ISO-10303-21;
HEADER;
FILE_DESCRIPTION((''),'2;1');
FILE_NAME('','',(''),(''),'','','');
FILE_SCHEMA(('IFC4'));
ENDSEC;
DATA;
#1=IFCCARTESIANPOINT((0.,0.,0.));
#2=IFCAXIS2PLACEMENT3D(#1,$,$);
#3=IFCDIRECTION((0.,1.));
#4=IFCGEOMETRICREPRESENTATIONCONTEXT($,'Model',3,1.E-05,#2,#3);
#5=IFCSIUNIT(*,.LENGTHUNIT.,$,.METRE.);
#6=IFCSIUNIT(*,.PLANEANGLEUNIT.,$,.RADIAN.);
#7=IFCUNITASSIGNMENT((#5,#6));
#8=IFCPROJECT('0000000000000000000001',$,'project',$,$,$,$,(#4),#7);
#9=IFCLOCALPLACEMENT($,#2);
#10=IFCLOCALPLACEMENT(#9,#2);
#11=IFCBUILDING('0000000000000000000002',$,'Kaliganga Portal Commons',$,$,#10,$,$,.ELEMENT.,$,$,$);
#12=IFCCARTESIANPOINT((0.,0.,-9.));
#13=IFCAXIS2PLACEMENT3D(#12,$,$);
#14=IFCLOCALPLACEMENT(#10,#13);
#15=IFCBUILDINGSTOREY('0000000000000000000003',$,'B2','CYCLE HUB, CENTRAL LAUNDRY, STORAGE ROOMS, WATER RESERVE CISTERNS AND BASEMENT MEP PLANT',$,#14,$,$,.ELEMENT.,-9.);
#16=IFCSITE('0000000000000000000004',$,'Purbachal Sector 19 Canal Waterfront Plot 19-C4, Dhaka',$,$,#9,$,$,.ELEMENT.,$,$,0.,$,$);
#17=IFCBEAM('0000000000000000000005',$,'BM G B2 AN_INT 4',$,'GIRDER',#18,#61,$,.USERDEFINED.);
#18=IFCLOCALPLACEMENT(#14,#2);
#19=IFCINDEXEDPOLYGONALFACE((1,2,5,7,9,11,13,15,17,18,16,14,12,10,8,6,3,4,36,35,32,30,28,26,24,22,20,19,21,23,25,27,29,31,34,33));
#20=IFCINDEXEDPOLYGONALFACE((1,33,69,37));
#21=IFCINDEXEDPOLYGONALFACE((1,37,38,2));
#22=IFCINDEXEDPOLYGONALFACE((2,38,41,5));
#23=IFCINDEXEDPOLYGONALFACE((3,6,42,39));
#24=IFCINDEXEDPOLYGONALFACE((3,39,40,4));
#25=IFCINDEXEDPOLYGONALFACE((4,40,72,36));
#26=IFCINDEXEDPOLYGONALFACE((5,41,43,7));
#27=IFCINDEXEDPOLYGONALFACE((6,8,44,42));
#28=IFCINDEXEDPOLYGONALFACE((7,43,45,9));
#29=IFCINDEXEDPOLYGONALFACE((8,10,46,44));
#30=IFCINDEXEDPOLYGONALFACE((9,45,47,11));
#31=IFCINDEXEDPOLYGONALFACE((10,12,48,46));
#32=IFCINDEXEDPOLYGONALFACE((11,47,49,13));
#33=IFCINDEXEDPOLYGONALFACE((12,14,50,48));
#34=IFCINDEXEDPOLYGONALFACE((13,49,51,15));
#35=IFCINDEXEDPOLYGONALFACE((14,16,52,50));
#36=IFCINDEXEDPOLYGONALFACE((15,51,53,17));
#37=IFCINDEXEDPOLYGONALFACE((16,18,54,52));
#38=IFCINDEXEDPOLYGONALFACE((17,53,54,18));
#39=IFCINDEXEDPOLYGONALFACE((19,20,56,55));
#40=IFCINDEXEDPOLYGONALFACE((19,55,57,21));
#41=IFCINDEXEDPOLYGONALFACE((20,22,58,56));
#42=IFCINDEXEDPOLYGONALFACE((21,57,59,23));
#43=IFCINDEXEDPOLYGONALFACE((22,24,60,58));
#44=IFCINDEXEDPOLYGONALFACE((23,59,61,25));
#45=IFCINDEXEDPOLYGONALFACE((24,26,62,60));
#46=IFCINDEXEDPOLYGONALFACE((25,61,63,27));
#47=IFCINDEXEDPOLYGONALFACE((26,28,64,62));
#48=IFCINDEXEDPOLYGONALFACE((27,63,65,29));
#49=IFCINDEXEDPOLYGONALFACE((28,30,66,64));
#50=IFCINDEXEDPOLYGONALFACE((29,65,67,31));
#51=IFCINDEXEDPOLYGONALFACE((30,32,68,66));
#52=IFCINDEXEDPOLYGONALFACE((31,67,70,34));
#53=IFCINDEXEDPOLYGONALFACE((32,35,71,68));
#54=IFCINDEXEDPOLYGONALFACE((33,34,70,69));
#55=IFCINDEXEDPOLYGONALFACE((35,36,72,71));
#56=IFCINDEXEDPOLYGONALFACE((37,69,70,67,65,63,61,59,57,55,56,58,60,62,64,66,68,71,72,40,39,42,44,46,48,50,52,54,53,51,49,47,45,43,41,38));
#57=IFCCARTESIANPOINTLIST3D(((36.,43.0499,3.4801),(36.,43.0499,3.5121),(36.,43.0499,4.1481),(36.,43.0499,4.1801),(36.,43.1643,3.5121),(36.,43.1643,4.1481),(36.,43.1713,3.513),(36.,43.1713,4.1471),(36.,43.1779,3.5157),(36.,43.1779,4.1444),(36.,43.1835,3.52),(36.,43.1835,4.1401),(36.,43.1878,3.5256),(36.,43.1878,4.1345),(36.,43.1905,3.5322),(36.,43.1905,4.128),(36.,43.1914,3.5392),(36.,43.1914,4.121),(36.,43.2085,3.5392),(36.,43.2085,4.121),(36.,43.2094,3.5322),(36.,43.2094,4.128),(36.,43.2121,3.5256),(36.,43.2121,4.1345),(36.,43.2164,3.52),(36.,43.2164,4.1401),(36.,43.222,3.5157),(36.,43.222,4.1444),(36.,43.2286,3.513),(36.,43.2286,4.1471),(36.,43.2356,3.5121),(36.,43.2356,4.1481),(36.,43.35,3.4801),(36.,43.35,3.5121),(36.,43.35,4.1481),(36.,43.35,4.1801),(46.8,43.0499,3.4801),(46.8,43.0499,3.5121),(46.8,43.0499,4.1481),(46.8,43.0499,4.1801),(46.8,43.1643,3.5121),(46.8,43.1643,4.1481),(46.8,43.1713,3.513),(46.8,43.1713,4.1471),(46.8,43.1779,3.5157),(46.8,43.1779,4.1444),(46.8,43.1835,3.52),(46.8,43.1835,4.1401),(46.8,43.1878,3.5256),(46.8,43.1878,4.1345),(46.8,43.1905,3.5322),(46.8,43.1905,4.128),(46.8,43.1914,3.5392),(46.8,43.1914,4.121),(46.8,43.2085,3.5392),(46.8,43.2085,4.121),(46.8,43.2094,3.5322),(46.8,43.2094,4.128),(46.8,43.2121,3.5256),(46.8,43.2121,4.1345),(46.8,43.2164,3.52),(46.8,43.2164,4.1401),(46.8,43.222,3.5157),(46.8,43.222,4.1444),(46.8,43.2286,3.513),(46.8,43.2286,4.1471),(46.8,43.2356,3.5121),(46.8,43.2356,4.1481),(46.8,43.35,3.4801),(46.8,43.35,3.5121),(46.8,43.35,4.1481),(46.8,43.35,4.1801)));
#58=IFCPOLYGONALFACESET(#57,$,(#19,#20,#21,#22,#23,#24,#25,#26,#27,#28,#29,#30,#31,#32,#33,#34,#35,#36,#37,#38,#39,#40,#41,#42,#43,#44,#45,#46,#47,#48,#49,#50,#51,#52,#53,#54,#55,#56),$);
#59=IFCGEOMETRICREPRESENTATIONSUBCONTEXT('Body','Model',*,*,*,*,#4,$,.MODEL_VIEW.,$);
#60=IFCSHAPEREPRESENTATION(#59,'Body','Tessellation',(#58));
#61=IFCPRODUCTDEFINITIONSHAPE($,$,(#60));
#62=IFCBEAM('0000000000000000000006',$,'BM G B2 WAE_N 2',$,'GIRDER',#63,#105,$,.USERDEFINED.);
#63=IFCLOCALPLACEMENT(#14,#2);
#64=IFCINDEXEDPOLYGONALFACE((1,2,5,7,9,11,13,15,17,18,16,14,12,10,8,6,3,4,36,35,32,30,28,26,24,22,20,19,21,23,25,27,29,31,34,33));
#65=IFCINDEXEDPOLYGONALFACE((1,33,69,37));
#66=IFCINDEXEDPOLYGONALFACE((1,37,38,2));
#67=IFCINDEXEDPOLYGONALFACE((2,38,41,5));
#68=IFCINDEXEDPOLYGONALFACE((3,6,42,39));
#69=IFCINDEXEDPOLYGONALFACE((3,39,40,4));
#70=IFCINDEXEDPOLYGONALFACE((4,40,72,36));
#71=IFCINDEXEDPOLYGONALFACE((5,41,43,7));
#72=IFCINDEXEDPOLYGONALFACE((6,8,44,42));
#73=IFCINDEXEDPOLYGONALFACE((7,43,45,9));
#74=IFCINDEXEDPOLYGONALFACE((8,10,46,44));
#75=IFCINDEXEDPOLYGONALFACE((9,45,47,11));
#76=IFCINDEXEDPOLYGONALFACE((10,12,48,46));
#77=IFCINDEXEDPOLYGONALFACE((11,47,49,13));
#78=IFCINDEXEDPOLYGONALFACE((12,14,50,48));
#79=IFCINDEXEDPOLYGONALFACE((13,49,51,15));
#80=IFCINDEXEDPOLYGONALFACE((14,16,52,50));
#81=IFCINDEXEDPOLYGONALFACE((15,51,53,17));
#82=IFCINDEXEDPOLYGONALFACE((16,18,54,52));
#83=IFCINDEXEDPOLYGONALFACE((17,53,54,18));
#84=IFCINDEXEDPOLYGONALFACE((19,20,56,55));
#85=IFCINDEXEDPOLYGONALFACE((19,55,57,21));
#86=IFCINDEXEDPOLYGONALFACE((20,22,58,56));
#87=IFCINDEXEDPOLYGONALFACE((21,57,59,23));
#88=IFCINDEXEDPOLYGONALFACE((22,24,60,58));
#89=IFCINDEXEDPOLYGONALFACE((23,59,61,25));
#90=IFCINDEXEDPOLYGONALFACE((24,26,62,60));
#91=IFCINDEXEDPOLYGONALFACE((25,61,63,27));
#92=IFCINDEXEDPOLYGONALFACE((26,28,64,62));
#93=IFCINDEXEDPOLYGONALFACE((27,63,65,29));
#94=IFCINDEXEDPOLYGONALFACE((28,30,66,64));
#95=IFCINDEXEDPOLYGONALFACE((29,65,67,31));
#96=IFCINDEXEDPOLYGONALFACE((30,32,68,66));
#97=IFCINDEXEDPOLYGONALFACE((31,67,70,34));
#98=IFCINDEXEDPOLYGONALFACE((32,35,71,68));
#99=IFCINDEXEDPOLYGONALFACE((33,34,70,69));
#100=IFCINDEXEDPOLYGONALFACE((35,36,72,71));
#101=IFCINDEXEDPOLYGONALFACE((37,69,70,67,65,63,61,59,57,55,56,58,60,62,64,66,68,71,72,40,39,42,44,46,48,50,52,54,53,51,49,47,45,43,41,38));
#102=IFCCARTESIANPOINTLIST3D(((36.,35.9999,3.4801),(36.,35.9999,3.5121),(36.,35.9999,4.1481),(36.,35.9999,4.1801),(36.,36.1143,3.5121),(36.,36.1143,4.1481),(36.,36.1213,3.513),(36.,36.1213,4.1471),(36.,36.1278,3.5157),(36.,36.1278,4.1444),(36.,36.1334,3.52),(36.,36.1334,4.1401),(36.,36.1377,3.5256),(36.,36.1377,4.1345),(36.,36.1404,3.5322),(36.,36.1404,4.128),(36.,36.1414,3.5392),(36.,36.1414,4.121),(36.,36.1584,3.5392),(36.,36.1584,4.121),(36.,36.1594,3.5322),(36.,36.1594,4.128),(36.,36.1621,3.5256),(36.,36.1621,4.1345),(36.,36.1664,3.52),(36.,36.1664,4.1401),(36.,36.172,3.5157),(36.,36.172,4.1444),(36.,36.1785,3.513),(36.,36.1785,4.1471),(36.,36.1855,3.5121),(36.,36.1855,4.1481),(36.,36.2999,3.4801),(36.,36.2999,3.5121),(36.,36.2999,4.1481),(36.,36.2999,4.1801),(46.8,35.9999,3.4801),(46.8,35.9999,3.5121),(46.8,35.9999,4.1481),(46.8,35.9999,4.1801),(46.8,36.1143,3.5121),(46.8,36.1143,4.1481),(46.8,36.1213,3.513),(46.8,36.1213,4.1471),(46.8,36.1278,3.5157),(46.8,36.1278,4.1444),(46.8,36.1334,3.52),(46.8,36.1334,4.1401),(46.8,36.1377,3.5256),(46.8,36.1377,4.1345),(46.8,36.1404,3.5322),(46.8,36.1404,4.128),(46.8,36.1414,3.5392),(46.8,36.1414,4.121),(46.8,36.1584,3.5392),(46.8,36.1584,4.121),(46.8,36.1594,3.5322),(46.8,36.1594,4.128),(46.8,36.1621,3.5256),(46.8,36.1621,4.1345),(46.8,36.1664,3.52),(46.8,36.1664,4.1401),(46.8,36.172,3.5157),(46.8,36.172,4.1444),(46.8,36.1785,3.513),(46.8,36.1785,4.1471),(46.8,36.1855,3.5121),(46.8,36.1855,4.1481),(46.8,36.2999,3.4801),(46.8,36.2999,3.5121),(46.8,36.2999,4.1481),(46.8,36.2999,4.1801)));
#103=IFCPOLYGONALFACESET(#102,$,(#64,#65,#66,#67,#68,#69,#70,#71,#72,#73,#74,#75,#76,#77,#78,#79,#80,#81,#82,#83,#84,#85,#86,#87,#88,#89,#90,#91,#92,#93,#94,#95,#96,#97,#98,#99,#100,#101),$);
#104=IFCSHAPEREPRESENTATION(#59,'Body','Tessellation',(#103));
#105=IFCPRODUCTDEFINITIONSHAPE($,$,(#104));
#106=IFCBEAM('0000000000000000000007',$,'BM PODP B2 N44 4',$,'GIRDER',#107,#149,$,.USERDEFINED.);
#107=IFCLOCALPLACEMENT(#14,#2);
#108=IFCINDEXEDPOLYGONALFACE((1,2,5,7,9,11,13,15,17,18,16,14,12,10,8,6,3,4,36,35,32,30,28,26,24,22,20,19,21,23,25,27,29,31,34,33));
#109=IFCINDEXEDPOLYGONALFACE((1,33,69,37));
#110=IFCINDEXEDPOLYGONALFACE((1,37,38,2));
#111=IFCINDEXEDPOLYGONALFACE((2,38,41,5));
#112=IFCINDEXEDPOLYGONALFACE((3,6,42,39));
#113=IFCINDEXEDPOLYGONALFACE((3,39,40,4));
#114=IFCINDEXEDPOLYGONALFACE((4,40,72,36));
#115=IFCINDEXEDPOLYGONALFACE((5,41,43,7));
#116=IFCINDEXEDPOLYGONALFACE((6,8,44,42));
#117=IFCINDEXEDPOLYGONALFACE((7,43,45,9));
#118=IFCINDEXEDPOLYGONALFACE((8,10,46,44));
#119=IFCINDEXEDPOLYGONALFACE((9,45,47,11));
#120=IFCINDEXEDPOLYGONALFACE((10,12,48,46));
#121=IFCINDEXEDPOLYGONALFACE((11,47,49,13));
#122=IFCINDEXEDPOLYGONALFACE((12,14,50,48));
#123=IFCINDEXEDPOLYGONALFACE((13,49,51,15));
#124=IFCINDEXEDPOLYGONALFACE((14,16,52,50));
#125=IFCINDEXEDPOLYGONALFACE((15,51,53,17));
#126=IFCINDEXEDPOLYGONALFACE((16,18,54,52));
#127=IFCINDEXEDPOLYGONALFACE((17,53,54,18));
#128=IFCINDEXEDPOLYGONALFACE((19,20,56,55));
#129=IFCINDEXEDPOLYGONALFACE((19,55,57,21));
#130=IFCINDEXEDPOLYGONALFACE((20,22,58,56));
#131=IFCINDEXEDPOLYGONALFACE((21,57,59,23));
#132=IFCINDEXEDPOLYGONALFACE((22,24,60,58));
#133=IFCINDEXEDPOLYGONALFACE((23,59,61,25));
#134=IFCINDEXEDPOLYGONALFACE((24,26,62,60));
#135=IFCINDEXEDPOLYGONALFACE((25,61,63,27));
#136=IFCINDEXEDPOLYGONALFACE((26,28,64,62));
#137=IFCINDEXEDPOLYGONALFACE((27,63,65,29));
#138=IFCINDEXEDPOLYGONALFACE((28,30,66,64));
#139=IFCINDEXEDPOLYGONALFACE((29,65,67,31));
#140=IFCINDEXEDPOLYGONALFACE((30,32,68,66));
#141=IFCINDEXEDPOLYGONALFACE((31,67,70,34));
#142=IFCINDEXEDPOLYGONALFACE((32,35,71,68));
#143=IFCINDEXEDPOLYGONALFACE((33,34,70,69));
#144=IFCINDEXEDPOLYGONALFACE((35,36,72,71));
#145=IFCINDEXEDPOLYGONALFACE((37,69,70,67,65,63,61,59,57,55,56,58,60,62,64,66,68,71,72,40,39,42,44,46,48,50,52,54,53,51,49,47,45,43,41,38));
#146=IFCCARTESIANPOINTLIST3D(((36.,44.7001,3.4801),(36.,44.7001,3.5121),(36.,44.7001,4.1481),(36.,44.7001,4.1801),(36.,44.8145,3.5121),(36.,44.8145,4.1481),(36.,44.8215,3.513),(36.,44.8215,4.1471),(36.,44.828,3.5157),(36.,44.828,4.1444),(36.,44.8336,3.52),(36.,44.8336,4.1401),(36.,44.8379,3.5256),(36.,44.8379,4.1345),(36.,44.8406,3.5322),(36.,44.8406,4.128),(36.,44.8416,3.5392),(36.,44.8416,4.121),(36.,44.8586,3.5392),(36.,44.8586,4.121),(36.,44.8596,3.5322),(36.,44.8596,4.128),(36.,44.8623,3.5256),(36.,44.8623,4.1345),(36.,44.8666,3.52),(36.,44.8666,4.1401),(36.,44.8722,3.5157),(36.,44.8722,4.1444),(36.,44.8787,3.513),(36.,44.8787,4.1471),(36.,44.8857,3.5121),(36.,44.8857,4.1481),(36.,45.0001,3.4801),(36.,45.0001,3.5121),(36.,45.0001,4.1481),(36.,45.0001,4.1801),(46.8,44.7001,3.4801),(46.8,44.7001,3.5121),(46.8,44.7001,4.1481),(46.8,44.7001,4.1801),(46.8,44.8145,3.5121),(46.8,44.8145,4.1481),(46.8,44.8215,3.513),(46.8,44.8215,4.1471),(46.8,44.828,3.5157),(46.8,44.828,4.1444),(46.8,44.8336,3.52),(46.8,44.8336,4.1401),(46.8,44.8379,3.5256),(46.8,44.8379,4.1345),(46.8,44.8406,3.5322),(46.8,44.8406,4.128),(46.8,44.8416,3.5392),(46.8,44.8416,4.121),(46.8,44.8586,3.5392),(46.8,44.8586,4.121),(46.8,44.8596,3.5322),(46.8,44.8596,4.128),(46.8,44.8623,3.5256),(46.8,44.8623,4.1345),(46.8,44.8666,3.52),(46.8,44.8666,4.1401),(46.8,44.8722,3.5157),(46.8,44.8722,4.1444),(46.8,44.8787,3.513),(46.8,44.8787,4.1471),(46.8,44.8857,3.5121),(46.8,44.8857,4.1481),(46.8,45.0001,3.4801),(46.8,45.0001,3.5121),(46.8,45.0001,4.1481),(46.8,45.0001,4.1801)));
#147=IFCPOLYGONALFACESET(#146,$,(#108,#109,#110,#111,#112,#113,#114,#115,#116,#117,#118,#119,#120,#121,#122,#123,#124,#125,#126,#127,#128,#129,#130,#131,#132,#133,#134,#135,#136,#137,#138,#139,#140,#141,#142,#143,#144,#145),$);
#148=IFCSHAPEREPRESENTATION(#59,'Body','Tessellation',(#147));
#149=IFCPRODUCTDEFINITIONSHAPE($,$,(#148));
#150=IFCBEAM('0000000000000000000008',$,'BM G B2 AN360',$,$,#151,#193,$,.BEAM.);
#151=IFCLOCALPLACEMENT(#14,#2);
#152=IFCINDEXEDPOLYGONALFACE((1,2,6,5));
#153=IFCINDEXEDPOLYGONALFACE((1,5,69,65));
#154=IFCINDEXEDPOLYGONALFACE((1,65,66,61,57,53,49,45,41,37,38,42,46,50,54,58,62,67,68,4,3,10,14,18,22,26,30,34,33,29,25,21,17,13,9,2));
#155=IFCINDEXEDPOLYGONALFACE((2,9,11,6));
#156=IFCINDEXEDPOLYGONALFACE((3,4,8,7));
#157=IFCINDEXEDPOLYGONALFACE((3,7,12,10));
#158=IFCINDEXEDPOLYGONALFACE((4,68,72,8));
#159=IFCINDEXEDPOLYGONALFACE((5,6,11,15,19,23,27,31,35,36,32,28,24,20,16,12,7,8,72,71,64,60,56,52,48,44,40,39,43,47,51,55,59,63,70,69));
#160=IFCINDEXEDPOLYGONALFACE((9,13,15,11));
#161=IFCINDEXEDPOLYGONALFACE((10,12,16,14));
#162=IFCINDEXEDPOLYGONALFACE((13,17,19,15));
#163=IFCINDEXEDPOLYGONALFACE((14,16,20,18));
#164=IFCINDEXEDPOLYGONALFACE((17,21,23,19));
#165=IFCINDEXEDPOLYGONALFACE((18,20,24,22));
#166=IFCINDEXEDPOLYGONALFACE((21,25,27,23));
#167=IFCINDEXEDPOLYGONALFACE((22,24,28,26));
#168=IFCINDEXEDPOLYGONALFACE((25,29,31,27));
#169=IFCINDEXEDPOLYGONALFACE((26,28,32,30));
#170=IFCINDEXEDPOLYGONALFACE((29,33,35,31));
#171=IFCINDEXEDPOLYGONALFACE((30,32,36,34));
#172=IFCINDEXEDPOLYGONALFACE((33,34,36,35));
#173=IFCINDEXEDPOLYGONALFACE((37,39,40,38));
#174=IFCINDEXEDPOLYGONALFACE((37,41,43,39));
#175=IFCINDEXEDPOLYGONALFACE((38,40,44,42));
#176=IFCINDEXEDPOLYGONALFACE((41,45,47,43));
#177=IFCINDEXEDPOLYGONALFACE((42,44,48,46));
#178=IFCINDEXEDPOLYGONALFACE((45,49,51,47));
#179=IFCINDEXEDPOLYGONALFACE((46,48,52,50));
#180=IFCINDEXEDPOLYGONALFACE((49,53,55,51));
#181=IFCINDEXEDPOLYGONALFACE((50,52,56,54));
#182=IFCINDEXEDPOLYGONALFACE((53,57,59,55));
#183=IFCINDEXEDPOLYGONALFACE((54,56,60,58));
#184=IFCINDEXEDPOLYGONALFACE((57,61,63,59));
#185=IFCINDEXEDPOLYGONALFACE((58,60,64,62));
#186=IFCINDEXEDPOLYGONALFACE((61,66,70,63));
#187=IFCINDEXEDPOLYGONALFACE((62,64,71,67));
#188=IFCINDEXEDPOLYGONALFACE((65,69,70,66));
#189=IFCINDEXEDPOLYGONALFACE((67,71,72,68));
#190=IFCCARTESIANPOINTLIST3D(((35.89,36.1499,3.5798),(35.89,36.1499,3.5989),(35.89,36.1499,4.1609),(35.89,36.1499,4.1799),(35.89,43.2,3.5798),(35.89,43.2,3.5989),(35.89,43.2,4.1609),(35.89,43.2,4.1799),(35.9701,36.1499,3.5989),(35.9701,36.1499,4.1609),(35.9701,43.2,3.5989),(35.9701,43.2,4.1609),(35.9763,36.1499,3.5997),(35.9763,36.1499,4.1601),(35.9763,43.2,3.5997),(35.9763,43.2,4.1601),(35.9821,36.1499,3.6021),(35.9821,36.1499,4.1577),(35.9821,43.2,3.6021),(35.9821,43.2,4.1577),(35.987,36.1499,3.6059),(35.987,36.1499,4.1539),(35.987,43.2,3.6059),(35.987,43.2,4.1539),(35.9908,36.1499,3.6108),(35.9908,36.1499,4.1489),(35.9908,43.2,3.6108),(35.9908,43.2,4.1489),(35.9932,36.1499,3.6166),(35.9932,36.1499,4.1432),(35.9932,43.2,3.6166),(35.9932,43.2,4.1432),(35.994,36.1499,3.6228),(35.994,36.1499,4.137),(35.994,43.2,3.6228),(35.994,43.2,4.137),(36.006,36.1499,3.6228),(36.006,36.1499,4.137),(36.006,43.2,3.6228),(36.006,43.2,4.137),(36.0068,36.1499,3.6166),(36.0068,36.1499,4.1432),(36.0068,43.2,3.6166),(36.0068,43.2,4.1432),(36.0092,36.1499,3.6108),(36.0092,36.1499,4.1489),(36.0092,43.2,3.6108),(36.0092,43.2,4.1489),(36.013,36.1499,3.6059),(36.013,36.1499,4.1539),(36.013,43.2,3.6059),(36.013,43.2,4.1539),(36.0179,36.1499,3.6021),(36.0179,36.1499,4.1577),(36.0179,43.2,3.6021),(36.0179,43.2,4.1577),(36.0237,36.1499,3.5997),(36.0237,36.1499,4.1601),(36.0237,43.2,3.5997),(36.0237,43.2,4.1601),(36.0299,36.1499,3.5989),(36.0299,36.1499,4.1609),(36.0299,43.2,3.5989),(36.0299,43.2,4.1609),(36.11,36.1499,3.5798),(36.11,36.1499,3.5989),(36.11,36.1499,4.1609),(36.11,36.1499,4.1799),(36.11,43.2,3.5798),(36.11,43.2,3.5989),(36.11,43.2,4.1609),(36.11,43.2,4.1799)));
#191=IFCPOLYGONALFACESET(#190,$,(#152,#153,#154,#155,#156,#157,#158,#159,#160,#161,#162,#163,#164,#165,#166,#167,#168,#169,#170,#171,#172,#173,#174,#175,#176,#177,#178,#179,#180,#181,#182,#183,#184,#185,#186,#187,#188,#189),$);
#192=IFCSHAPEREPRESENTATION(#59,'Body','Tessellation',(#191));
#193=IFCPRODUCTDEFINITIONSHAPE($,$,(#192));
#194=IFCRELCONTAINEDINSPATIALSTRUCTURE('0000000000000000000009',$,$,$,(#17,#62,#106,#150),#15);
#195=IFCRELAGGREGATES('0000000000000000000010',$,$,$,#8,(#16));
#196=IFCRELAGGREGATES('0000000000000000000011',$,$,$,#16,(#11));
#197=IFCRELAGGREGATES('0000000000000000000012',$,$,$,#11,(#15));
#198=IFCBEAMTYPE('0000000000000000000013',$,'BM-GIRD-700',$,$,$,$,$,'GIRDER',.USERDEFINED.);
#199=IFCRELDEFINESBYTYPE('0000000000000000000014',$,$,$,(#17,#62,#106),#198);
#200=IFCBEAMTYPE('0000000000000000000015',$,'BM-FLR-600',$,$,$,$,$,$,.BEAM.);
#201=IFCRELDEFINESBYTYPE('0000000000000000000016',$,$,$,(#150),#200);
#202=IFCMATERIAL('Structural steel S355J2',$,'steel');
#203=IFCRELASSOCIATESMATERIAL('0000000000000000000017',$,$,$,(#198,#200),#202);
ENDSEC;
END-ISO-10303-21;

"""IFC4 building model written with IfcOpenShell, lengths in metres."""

from ifc_helpers import new_model, si_unit, direction, frame, origin, origin_2d, place, context, subcontext, project, spatial, i_section, extrude, source, transform, mapped, material, material_profile, profile_set, type_object, element, save


model = new_model("IFC4")

# Units and contexts
model_context = context("Model", 3, precision=1e-05, world=origin(), true_north=direction((0.0, 1.0)))
body_context = subcontext(model_context, "Body", "Model", "MODEL_VIEW")
ifc_project = project(units=[si_unit("LENGTHUNIT", "METRE"), si_unit("PLANEANGLEUNIT", "RADIAN")], contexts=[model_context])

# Site, building, storey
site_placement = place(None, origin())
site = spatial("IfcSite", under=ifc_project, at=site_placement, Name="Purbachal Sector 19 Canal Waterfront Plot 19-C4, Dhaka", CompositionType="ELEMENT", RefElevation=0.0)
building_placement = place(site_placement, origin())
building = spatial("IfcBuilding", under=site, at=building_placement, Name="Kaliganga Portal Commons", CompositionType="ELEMENT")
storey_placement = place(building_placement, frame((0.0, 0.0, -9.0)))
storey = spatial("IfcBuildingStorey", under=building, at=storey_placement, Name="B2", Description="CYCLE HUB, CENTRAL LAUNDRY, STORAGE ROOMS, WATER RESERVE CISTERNS AND BASEMENT MEP PLANT", CompositionType="ELEMENT", Elevation=-9.0)

# Beams
ifc_material_1 = material(Name="Structural steel S355J2", Category="steel")
ifc_material_profile_1 = material_profile(ifc_material_1, i_section(OverallWidth=0.3, OverallDepth=0.7, WebThickness=0.0171, FlangeThickness=0.032, FilletRadius=0.0271, at=origin_2d()), Name="HE 700 B")
ifc_profile_set_1 = profile_set([ifc_material_profile_1], Name="Structural steel S355J2 wide-flange")
beam_type_1 = type_object("IfcBeamType", Name="BM-GIRD-700", ElementType="GIRDER", PredefinedType="USERDEFINED", material=ifc_profile_set_1)
shared_shape_1 = source(origin(), body_context, "Body", "SweptSolid", [
    extrude(i_section(OverallWidth=0.3, OverallDepth=0.7, WebThickness=0.0171, FlangeThickness=0.032, FilletRadius=0.0271, at=origin_2d()), origin(), (0.0, 0.0, 1.0), 10.8),
])
for number, where, z_axis, x_axis, name in (
    (1, (36.0, 43.2, 3.8301), (1.0, 0.0, 0.0), (0.0, 1.0, 0.0), "BM G B2 AN_INT 4"),
    (2, (36.0, 36.1499, 3.8301), (1.0, 0.0, 0.0), (0.0, 1.0, 0.0), "BM G B2 WAE_N 2"),
    (3, (36.0, 44.8501, 3.8301), (1.0, 0.0, 0.0), (0.0, 1.0, 0.0), "BM PODP B2 N44 4"),
):
    element("IfcBeam", number, at=place(storey_placement, frame(where, z_axis=z_axis, x_axis=x_axis)), inside=storey, type_object=beam_type_1, Name=name, ObjectType="GIRDER", PredefinedType="USERDEFINED", context=body_context, shape_type="MappedRepresentation", body=[
        mapped(shared_shape_1, transform((0.0, 0.0, 0.0), x_axis=(1.0, 0.0, 0.0), y_axis=(0.0, 1.0, 0.0), z_axis=(0.0, 0.0, 1.0), scale=1.0)),
    ])
ifc_material_profile_2 = material_profile(ifc_material_1, i_section(OverallWidth=0.22, OverallDepth=0.6001, WebThickness=0.012, FlangeThickness=0.019, FilletRadius=0.0239, at=origin_2d()), Name="IPE 600")
ifc_profile_set_2 = profile_set([ifc_material_profile_2], Name="Structural steel S355J2 wide-flange")
beam_type_2 = type_object("IfcBeamType", Name="BM-FLR-600", PredefinedType="BEAM", material=ifc_profile_set_2)
shared_shape_2 = source(origin(), body_context, "Body", "SweptSolid", [
    extrude(i_section(OverallWidth=0.22, OverallDepth=0.6001, WebThickness=0.012, FlangeThickness=0.019, FilletRadius=0.0239, at=origin_2d()), origin(), (0.0, 0.0, 1.0), 7.05),
])
for number, where, z_axis, x_axis, name in (
    (4, (36.0, 36.1499, 3.8799), (0.0, 1.0, 0.0), (-1.0, 0.0, 0.0), "BM G B2 AN360"),
):
    element("IfcBeam", number, at=place(storey_placement, frame(where, z_axis=z_axis, x_axis=x_axis)), inside=storey, type_object=beam_type_2, Name=name, PredefinedType="BEAM", context=body_context, shape_type="MappedRepresentation", body=[
        mapped(shared_shape_2, transform((0.0, 0.0, 0.0), x_axis=(1.0, 0.0, 0.0), y_axis=(0.0, 1.0, 0.0), z_axis=(0.0, 0.0, 1.0), scale=1.0)),
    ])

save(model, "model.ifc")
